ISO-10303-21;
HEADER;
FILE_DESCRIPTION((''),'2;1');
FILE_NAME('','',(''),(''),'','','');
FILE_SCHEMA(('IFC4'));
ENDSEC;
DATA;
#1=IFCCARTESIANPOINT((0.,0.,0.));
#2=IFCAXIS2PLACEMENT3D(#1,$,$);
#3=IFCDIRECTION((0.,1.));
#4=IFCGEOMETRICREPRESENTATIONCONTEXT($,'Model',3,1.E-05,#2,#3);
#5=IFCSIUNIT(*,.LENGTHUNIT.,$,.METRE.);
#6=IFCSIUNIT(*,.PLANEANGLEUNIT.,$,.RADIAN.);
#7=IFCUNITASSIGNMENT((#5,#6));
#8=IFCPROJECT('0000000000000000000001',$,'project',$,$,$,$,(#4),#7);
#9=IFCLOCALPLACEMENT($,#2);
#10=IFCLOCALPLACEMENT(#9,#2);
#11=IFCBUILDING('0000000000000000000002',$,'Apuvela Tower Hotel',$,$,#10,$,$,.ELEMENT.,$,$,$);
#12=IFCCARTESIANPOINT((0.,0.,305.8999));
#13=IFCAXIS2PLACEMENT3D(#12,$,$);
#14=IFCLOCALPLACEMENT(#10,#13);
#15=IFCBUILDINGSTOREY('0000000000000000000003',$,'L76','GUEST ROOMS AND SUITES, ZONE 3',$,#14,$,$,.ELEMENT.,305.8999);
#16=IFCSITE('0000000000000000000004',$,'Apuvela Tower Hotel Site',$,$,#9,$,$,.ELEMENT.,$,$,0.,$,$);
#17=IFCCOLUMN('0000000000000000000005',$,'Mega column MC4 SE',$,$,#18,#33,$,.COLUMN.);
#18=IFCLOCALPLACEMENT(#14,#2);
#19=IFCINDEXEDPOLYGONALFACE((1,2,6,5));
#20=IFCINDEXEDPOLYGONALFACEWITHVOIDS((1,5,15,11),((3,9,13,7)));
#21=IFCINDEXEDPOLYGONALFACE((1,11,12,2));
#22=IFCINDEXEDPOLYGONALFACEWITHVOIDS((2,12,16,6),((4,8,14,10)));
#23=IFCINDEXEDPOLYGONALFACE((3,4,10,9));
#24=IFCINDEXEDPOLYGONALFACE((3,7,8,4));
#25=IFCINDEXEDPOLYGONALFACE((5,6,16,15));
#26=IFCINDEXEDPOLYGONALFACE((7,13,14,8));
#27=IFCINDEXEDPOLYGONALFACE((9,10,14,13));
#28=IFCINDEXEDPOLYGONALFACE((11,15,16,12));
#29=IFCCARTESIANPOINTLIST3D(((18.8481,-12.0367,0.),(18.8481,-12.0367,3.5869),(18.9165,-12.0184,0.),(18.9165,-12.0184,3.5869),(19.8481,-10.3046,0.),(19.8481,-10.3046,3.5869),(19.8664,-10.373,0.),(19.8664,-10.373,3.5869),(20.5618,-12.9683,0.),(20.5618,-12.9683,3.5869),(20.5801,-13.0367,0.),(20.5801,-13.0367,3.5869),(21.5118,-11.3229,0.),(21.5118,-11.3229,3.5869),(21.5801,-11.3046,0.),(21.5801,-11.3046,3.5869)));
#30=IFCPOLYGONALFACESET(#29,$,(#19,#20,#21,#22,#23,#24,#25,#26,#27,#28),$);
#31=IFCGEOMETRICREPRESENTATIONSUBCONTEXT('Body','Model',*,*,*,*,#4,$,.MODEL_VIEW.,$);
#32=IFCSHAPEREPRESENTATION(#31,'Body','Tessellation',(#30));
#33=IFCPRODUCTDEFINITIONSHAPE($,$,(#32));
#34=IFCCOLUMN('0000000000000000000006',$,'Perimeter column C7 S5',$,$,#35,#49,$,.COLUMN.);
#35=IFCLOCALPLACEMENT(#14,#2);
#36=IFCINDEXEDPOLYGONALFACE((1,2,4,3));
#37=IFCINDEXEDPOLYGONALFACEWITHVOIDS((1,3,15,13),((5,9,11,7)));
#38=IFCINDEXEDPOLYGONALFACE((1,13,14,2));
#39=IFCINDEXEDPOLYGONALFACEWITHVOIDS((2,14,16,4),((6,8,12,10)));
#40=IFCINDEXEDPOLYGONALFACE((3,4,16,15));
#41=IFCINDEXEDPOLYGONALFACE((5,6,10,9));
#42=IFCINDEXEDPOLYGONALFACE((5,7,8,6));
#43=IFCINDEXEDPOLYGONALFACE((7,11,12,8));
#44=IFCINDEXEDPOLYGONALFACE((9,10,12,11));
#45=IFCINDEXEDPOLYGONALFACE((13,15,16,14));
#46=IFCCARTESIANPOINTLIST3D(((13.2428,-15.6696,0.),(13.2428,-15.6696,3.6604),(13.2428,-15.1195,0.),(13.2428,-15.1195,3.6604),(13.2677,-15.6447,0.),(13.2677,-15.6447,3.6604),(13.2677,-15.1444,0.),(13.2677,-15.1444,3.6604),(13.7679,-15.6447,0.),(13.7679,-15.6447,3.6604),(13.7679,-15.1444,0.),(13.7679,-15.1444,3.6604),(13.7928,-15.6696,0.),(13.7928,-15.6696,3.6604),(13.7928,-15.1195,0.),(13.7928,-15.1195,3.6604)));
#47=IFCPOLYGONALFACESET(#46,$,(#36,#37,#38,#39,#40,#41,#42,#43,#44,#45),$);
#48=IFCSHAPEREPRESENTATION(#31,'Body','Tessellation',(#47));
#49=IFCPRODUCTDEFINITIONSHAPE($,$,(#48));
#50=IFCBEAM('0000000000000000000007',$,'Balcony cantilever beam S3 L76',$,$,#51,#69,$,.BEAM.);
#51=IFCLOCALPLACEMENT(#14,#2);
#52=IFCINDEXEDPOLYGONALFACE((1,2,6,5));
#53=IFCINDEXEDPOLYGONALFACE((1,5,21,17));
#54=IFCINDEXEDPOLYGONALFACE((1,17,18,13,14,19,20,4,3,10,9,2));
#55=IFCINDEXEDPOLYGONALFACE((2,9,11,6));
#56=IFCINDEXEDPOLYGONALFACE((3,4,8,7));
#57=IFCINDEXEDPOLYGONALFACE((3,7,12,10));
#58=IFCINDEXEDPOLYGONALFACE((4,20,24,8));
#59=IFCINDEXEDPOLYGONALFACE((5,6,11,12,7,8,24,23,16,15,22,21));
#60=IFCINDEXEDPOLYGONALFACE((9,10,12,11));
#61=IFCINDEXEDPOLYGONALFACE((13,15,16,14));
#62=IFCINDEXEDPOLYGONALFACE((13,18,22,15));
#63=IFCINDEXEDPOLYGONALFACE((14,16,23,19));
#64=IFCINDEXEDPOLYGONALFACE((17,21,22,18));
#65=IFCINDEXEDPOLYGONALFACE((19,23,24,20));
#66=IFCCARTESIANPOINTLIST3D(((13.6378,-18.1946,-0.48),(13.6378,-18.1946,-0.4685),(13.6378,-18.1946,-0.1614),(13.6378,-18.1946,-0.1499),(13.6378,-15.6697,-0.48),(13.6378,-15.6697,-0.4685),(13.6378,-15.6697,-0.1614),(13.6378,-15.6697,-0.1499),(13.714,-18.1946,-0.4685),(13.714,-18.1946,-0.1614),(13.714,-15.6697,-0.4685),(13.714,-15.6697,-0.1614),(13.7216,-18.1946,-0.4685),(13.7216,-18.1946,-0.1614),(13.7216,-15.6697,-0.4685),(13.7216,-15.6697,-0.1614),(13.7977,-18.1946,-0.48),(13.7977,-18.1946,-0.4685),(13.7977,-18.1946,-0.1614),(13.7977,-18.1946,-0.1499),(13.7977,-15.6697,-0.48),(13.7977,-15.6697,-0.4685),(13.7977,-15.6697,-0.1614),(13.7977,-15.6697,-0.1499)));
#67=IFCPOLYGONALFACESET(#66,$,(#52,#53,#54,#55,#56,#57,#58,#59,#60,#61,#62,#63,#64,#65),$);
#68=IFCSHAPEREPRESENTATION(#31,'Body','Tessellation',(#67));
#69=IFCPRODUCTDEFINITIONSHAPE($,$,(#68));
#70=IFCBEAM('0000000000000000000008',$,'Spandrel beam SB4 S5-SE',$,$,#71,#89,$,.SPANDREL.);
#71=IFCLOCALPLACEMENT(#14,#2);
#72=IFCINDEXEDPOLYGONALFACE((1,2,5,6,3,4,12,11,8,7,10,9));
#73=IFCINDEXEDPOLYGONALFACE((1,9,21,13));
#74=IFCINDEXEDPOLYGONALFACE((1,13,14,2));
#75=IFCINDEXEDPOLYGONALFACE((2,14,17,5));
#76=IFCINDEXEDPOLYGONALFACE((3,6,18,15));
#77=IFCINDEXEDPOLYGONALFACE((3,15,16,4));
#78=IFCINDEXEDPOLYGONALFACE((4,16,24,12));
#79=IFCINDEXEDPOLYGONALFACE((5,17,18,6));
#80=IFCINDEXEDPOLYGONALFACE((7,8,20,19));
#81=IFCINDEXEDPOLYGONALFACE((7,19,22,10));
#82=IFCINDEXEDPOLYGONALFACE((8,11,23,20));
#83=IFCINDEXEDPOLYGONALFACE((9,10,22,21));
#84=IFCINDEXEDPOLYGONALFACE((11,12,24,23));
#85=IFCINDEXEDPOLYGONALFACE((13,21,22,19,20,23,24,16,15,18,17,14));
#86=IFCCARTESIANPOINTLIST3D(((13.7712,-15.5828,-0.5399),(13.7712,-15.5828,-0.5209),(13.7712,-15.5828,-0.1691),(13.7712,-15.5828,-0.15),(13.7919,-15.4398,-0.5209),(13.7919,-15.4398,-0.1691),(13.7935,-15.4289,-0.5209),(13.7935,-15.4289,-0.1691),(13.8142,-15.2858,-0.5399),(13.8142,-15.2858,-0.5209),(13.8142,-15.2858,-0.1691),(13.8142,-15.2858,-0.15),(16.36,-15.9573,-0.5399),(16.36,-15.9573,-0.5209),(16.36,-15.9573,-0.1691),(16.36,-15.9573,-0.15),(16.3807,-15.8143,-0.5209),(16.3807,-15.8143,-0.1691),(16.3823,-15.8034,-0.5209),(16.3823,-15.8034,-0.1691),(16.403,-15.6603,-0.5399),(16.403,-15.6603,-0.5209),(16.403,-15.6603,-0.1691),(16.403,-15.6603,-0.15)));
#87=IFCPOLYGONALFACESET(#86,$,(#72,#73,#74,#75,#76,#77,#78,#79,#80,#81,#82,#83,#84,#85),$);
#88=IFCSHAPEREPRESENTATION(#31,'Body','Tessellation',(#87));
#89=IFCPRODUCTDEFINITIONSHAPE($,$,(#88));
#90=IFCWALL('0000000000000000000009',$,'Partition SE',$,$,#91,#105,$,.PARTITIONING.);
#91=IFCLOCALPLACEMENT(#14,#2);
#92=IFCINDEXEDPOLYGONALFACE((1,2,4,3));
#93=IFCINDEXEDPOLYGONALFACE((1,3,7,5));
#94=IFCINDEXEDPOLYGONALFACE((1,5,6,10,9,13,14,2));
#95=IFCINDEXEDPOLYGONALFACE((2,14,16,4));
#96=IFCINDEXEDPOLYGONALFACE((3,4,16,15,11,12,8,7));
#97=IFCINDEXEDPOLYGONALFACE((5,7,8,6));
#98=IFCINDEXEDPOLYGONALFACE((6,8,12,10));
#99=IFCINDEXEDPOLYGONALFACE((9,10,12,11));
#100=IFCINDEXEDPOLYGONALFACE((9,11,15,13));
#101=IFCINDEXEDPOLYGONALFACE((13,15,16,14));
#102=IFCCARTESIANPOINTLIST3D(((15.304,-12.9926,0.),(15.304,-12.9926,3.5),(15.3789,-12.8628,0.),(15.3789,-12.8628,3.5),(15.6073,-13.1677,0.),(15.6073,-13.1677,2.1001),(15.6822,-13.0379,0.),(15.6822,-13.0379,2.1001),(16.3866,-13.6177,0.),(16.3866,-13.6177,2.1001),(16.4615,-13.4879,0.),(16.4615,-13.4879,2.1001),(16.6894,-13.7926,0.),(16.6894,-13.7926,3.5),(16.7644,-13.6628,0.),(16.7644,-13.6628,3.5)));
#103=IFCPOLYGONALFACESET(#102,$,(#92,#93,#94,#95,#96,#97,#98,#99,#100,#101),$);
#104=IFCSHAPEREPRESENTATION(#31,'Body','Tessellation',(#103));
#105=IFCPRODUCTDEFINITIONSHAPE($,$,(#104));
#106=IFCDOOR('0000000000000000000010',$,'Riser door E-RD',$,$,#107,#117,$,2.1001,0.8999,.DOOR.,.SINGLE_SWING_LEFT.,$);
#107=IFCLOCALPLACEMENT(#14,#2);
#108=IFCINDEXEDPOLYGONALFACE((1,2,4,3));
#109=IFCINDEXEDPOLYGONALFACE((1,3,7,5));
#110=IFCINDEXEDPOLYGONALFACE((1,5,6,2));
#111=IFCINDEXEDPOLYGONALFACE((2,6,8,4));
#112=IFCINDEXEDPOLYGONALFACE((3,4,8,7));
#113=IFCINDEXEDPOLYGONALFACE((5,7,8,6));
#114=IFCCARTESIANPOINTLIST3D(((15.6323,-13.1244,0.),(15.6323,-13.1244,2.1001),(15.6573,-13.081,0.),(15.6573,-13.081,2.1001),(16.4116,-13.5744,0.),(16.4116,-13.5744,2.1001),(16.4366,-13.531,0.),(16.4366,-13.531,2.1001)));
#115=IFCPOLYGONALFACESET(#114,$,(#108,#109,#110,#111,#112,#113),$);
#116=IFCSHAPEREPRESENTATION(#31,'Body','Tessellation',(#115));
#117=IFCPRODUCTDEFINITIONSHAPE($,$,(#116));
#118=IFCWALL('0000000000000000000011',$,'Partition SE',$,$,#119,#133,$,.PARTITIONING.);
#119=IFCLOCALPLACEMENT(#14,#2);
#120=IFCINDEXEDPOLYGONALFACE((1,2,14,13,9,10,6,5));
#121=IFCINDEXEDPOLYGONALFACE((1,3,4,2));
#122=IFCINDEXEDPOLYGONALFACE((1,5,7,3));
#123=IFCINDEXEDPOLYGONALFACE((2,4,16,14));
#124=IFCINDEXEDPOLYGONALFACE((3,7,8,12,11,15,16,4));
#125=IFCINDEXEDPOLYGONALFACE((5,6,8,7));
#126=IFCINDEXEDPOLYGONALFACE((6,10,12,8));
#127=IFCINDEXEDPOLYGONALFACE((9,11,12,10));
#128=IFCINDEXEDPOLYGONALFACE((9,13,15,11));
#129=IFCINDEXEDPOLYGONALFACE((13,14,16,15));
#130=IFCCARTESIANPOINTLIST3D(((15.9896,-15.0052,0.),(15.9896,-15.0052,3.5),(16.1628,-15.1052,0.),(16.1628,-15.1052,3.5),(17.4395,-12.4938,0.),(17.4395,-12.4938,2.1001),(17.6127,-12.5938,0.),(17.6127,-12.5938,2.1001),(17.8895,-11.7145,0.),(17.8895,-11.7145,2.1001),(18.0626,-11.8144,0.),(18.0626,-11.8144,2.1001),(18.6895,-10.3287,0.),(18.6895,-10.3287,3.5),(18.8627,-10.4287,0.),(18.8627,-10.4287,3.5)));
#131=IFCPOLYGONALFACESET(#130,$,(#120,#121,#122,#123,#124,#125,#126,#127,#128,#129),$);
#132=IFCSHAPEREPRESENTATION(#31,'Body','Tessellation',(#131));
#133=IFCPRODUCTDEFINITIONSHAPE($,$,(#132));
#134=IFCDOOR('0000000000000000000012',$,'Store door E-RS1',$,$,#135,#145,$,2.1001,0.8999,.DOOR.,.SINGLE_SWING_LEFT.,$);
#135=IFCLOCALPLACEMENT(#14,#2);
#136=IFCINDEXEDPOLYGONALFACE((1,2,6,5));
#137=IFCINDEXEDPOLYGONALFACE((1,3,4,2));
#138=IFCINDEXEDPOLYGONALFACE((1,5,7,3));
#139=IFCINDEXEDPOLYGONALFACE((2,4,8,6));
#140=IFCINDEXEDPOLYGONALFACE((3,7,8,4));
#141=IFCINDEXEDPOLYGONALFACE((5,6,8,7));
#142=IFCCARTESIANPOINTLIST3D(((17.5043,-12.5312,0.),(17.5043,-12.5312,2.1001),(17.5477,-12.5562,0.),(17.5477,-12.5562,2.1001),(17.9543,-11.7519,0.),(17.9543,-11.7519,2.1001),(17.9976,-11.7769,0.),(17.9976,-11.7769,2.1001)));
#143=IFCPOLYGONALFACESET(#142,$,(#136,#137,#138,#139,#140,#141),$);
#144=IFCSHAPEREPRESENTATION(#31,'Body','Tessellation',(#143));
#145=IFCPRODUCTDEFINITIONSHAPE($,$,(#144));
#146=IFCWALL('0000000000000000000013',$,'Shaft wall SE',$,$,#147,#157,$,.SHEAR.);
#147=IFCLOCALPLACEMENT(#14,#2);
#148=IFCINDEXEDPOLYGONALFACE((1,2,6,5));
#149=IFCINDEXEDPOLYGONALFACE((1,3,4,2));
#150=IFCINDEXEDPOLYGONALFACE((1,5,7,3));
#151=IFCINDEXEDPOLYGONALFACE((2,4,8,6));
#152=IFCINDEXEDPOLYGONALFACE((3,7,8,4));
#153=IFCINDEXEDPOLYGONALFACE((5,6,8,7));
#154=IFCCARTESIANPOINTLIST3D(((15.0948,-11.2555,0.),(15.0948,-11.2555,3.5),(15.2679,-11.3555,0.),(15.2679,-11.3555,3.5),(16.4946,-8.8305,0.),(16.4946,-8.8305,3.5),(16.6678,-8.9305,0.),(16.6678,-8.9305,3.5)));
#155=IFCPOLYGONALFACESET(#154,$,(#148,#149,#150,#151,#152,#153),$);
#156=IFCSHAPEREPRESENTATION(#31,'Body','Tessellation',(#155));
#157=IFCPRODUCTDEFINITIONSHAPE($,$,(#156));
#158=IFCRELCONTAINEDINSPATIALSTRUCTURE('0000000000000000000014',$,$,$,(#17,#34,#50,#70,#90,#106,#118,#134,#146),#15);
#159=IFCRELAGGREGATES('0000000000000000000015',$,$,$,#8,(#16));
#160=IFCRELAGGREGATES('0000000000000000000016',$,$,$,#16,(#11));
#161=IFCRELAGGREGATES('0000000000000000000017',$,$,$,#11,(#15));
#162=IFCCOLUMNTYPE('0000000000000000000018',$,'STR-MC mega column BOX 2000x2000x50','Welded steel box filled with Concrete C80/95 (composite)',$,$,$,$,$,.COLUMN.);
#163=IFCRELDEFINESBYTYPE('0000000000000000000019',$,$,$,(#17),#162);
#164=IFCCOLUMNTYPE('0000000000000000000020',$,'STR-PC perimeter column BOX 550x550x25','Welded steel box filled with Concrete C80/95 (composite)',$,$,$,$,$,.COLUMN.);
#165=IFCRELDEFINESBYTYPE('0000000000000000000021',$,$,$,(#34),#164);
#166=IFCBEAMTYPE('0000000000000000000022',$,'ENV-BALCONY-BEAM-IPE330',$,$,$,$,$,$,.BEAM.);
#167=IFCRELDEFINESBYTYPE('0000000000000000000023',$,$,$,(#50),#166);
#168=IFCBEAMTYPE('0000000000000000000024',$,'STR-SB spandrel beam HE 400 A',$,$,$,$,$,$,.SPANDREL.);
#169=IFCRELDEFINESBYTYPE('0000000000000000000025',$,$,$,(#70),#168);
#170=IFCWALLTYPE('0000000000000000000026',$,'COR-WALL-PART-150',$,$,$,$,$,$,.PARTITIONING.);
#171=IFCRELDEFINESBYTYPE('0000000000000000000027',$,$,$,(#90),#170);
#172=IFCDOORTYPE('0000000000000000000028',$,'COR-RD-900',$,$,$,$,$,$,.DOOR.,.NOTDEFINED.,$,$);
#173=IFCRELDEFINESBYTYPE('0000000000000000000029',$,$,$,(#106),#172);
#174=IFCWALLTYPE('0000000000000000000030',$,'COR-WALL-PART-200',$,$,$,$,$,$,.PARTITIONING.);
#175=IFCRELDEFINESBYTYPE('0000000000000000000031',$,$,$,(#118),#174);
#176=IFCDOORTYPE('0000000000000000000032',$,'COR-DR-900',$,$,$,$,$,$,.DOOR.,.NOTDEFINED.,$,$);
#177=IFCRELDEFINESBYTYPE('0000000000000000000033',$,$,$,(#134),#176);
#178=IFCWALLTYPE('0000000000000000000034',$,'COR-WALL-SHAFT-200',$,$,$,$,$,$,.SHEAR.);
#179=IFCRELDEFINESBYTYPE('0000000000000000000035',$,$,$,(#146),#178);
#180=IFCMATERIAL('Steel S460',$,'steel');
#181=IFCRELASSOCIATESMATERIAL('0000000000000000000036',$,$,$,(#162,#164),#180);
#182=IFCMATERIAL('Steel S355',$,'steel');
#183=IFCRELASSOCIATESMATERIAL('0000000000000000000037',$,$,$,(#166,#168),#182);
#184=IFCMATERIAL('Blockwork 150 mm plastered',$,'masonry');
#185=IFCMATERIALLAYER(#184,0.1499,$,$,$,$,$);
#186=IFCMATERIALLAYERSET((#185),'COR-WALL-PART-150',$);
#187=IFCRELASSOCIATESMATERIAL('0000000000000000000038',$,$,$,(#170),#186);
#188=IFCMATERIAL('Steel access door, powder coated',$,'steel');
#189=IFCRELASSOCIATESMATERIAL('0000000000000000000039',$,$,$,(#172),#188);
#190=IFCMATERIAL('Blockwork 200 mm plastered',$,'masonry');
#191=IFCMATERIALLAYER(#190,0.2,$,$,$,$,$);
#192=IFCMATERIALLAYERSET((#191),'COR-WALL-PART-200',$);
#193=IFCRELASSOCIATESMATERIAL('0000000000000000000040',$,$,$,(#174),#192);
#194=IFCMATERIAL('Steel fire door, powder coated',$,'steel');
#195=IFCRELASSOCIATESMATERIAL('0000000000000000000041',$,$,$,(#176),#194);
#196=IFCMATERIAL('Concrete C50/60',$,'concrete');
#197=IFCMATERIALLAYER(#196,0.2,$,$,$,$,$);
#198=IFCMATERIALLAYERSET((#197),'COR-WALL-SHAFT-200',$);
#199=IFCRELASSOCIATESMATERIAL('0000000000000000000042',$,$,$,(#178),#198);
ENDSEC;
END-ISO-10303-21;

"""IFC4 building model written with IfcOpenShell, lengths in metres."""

from ifc_helpers import new_model, si_unit, direction, frame, frame_2d, origin, origin_2d, place, context, subcontext, project, spatial, rectangle, hollow_rectangle, i_section, extrude, boolean, halfspace, material, layer, layer_set, material_profile, profile_set, type_object, element, fill, save


model = new_model("IFC4")

# Units and contexts
model_context = context("Model", 3, precision=1e-05, world=origin(), true_north=direction((0.0, 1.0)))
body_context = subcontext(model_context, "Body", "Model", "MODEL_VIEW")
ifc_project = project(units=[si_unit("LENGTHUNIT", "METRE"), si_unit("PLANEANGLEUNIT", "RADIAN")], contexts=[model_context])

# Site, building, storey
site_placement = place(None, origin())
site = spatial("IfcSite", under=ifc_project, at=site_placement, Name="Apuvela Tower Hotel Site", CompositionType="ELEMENT", RefElevation=0.0)
building_placement = place(site_placement, origin())
building = spatial("IfcBuilding", under=site, at=building_placement, Name="Apuvela Tower Hotel", CompositionType="ELEMENT")
storey_placement = place(building_placement, frame((0.0, 0.0, 305.8999)))
storey = spatial("IfcBuildingStorey", under=building, at=storey_placement, Name="L76", Description="GUEST ROOMS AND SUITES, ZONE 3", CompositionType="ELEMENT", Elevation=305.8999)

# Columns
ifc_material_1 = material(Name="Steel S460", Category="steel")
ifc_material_profile_1 = material_profile(ifc_material_1, hollow_rectangle(XDim=2.0, YDim=2.0, WallThickness=0.05, at=origin_2d()), Name="BOX 2000x2000x50")
ifc_material_2 = material(Name="Concrete C80/95", Category="concrete")
ifc_material_profile_2 = material_profile(ifc_material_2, rectangle(XDim=1.8999, YDim=1.8999, at=origin_2d()), Name="Concrete C80/95 infill")
ifc_profile_set_1 = profile_set([ifc_material_profile_1, ifc_material_profile_2], Name="Steel S460")
column_type_1 = type_object("IfcColumnType", Name="STR-MC mega column BOX 2000x2000x50", Description="Welded steel box filled with Concrete C80/95 (composite)", PredefinedType="COLUMN", material=ifc_profile_set_1)
column_1_placement = place(storey_placement, frame((20.2141, -11.6707, 0.0), z_axis=(0.0, 0.0, 1.0), x_axis=(0.5, 0.866025, 0.0)))
element("IfcColumn", 1, at=column_1_placement, inside=storey, type_object=column_type_1, Name="Mega column MC4 SE", PredefinedType="COLUMN", context=body_context, shape_type="SweptSolid", body=[
    boolean("DIFFERENCE", extrude(hollow_rectangle(XDim=2.0, YDim=2.0, WallThickness=0.05, at=origin_2d()), origin(), (0.0, 0.0, 1.0), 3.7002), halfspace(frame((0.0, 0.0, 3.5869), z_axis=(0.0, 0.0, 1.0), x_axis=(1.0, 0.0, 0.0)), False)),
])
ifc_material_profile_3 = material_profile(ifc_material_1, hollow_rectangle(XDim=0.55, YDim=0.55, WallThickness=0.0249, at=origin_2d()), Name="BOX 550x550x25")
ifc_material_profile_4 = material_profile(ifc_material_2, rectangle(XDim=0.5, YDim=0.5, at=origin_2d()), Name="Concrete C80/95 infill")
ifc_profile_set_2 = profile_set([ifc_material_profile_3, ifc_material_profile_4], Name="Steel S460")
column_type_2 = type_object("IfcColumnType", Name="STR-PC perimeter column BOX 550x550x25", Description="Welded steel box filled with Concrete C80/95 (composite)", PredefinedType="COLUMN", material=ifc_profile_set_2)
column_2_placement = place(storey_placement, frame((13.5178, -15.3945, 0.0), z_axis=(0.0, 0.0, 1.0), x_axis=(-1.0, 0.0, 0.0)))
element("IfcColumn", 2, at=column_2_placement, inside=storey, type_object=column_type_2, Name="Perimeter column C7 S5", PredefinedType="COLUMN", context=body_context, shape_type="SweptSolid", body=[
    boolean("DIFFERENCE", extrude(hollow_rectangle(XDim=0.55, YDim=0.55, WallThickness=0.0249, at=origin_2d()), origin(), (0.0, 0.0, 1.0), 3.7002), halfspace(frame((0.0, 0.0, 3.6604), z_axis=(0.0, 0.0, 1.0), x_axis=(1.0, 0.0, 0.0)), False)),
])

# Beams
ifc_material_3 = material(Name="Steel S355", Category="steel")
ifc_material_profile_5 = material_profile(ifc_material_3, i_section(OverallWidth=0.1599, OverallDepth=0.3301, WebThickness=0.0076, FlangeThickness=0.0115, at=origin_2d()), Name="IPE 330")
ifc_profile_set_3 = profile_set([ifc_material_profile_5], Name="Steel S355")
beam_type_1 = type_object("IfcBeamType", Name="ENV-BALCONY-BEAM-IPE330", PredefinedType="BEAM", material=ifc_profile_set_3)
beam_1_placement = place(storey_placement, frame((13.7178, -15.6697, -0.3149), z_axis=(0.0, -1.0, 0.0), x_axis=(1.0, 0.0, 0.0)))
element("IfcBeam", 3, at=beam_1_placement, inside=storey, type_object=beam_type_1, Name="Balcony cantilever beam S3 L76", PredefinedType="BEAM", context=body_context, shape_type="SweptSolid", body=[
    extrude(i_section(OverallWidth=0.1599, OverallDepth=0.3301, WebThickness=0.0076, FlangeThickness=0.0115, at=origin_2d()), origin(), (0.0, 0.0, 1.0), 2.5249),
])
ifc_material_profile_6 = material_profile(ifc_material_3, i_section(OverallWidth=0.3, OverallDepth=0.3899, WebThickness=0.011, FlangeThickness=0.019, at=origin_2d()), Name="HE 400 A")
ifc_profile_set_4 = profile_set([ifc_material_profile_6], Name="Steel S355")
beam_type_2 = type_object("IfcBeamType", Name="STR-SB spandrel beam HE 400 A", PredefinedType="SPANDREL", material=ifc_profile_set_4)
beam_2_placement = place(storey_placement, frame((13.7927, -15.4343, -0.345), z_axis=(0.989698, -0.143172, 0.0), x_axis=(0.143172, 0.989698, 0.0)))
element("IfcBeam", 4, at=beam_2_placement, inside=storey, type_object=beam_type_2, Name="Spandrel beam SB4 S5-SE", PredefinedType="SPANDREL", context=body_context, shape_type="SweptSolid", body=[
    extrude(i_section(OverallWidth=0.3, OverallDepth=0.3899, WebThickness=0.011, FlangeThickness=0.019, at=origin_2d()), origin(), (0.0, 0.0, 1.0), 2.6157),
])

# Walls, openings, doors
ifc_material_4 = material(Name="Blockwork 150 mm plastered", Category="masonry")
ifc_layer_1 = layer(ifc_material_4, 0.1499)
ifc_layer_set_1 = layer_set([ifc_layer_1], Name="COR-WALL-PART-150")
wall_type_1 = type_object("IfcWallType", Name="COR-WALL-PART-150", PredefinedType="PARTITIONING", material=ifc_layer_set_1)
wall_1_placement = place(storey_placement, frame((15.3416, -12.9277, 0.0), z_axis=(0.0, 0.0, 1.0), x_axis=(0.86599, -0.500061, 0.0)))
wall_1 = element("IfcWall", 5, at=wall_1_placement, inside=storey, type_object=wall_type_1, Name="Partition SE", PredefinedType="PARTITIONING", context=body_context, shape_type="SweptSolid", body=[
    extrude(rectangle(XDim=1.5999, YDim=0.1499, at=frame_2d((0.7998, 0.0))), origin(), (0.0, 0.0, 1.0), 3.5),
])
opening_1_placement = place(wall_1_placement, frame((0.3501, 0.0, 0.0)))
opening_1 = element("IfcOpeningElement", 6, at=opening_1_placement, cuts=wall_1, PredefinedType="OPENING", context=body_context, shape_type="SweptSolid", body=[
    extrude(rectangle(XDim=0.8999, YDim=2.1001, at=frame_2d((0.45, 1.05))), frame((0.0, 0.085, 0.0), z_axis=(0.0, -1.0, 0.0), x_axis=(1.0, 0.0, 0.0)), (0.0, 0.0, 1.0), 0.1699),
])
ifc_material_5 = material(Name="Steel access door, powder coated", Category="steel")
door_type_1 = type_object("IfcDoorType", Name="COR-RD-900", OperationType="NOTDEFINED", PredefinedType="DOOR", material=ifc_material_5)
door_1_placement = place(opening_1_placement, frame((0.8999, 0.0, 0.0), z_axis=(0.0, 0.0, 1.0), x_axis=(-1.0, 0.0, 0.0)))
door_1 = element("IfcDoor", 7, at=door_1_placement, inside=storey, type_object=door_type_1, Name="Riser door E-RD", OperationType="SINGLE_SWING_LEFT", OverallHeight=2.1001, OverallWidth=0.8999, PredefinedType="DOOR", context=body_context, shape_type="SweptSolid", body=[
    extrude(rectangle(XDim=0.8999, YDim=2.1001, at=frame_2d((0.45, 1.05))), frame((0.0, 0.0249, 0.0), z_axis=(0.0, -1.0, 0.0), x_axis=(1.0, 0.0, 0.0)), (0.0, 0.0, 1.0), 0.05),
])
fill(opening_1, door_1)
ifc_material_6 = material(Name="Blockwork 200 mm plastered", Category="masonry")
ifc_layer_2 = layer(ifc_material_6, 0.2)
ifc_layer_set_2 = layer_set([ifc_layer_2], Name="COR-WALL-PART-200")
wall_type_2 = type_object("IfcWallType", Name="COR-WALL-PART-200", PredefinedType="PARTITIONING", material=ifc_layer_set_2)
wall_2_placement = place(storey_placement, frame((16.0762, -15.0552, 0.0), z_axis=(0.0, 0.0, 1.0), x_axis=(0.499995, 0.866028, 0.0)))
wall_2 = element("IfcWall", 8, at=wall_2_placement, inside=storey, type_object=wall_type_2, Name="Partition SE", PredefinedType="PARTITIONING", context=body_context, shape_type="SweptSolid", body=[
    extrude(rectangle(XDim=5.3999, YDim=0.2, at=frame_2d((2.7, 0.0))), origin(), (0.0, 0.0, 1.0), 3.5),
])
opening_2_placement = place(wall_2_placement, frame((2.8999, 0.0, 0.0)))
opening_2 = element("IfcOpeningElement", 9, at=opening_2_placement, cuts=wall_2, PredefinedType="OPENING", context=body_context, shape_type="SweptSolid", body=[
    extrude(rectangle(XDim=0.8999, YDim=2.1001, at=frame_2d((0.45, 1.05))), frame((0.0, 0.1099, 0.0), z_axis=(0.0, -1.0, 0.0), x_axis=(1.0, 0.0, 0.0)), (0.0, 0.0, 1.0), 0.22),
])
ifc_material_7 = material(Name="Steel fire door, powder coated", Category="steel")
door_type_2 = type_object("IfcDoorType", Name="COR-DR-900", OperationType="NOTDEFINED", PredefinedType="DOOR", material=ifc_material_7)
door_2_placement = place(opening_2_placement, frame((0.8999, 0.0, 0.0), z_axis=(0.0, 0.0, 1.0), x_axis=(-1.0, 0.0, 0.0)))
door_2 = element("IfcDoor", 10, at=door_2_placement, inside=storey, type_object=door_type_2, Name="Store door E-RS1", OperationType="SINGLE_SWING_LEFT", OverallHeight=2.1001, OverallWidth=0.8999, PredefinedType="DOOR", context=body_context, shape_type="SweptSolid", body=[
    extrude(rectangle(XDim=0.8999, YDim=2.1001, at=frame_2d((0.45, 1.05))), frame((0.0, 0.0249, 0.0), z_axis=(0.0, -1.0, 0.0), x_axis=(1.0, 0.0, 0.0)), (0.0, 0.0, 1.0), 0.05),
])
fill(opening_2, door_2)

# Wall
ifc_material_8 = material(Name="Concrete C50/60", Category="concrete")
ifc_layer_3 = layer(ifc_material_8, 0.2)
ifc_layer_set_3 = layer_set([ifc_layer_3], Name="COR-WALL-SHAFT-200")
wall_type_3 = type_object("IfcWallType", Name="COR-WALL-SHAFT-200", PredefinedType="SHEAR", material=ifc_layer_set_3)
wall_3_placement = place(storey_placement, frame((15.1814, -11.3054, 0.0), z_axis=(0.0, 0.0, 1.0), x_axis=(0.499946, 0.866056, 0.0)))
element("IfcWall", 11, at=wall_3_placement, inside=storey, type_object=wall_type_3, Name="Shaft wall SE", PredefinedType="SHEAR", context=body_context, shape_type="SweptSolid", body=[
    extrude(rectangle(XDim=2.8, YDim=0.2, at=frame_2d((1.3999, 0.0))), origin(), (0.0, 0.0, 1.0), 3.5),
])

save(model, "model.ifc")
